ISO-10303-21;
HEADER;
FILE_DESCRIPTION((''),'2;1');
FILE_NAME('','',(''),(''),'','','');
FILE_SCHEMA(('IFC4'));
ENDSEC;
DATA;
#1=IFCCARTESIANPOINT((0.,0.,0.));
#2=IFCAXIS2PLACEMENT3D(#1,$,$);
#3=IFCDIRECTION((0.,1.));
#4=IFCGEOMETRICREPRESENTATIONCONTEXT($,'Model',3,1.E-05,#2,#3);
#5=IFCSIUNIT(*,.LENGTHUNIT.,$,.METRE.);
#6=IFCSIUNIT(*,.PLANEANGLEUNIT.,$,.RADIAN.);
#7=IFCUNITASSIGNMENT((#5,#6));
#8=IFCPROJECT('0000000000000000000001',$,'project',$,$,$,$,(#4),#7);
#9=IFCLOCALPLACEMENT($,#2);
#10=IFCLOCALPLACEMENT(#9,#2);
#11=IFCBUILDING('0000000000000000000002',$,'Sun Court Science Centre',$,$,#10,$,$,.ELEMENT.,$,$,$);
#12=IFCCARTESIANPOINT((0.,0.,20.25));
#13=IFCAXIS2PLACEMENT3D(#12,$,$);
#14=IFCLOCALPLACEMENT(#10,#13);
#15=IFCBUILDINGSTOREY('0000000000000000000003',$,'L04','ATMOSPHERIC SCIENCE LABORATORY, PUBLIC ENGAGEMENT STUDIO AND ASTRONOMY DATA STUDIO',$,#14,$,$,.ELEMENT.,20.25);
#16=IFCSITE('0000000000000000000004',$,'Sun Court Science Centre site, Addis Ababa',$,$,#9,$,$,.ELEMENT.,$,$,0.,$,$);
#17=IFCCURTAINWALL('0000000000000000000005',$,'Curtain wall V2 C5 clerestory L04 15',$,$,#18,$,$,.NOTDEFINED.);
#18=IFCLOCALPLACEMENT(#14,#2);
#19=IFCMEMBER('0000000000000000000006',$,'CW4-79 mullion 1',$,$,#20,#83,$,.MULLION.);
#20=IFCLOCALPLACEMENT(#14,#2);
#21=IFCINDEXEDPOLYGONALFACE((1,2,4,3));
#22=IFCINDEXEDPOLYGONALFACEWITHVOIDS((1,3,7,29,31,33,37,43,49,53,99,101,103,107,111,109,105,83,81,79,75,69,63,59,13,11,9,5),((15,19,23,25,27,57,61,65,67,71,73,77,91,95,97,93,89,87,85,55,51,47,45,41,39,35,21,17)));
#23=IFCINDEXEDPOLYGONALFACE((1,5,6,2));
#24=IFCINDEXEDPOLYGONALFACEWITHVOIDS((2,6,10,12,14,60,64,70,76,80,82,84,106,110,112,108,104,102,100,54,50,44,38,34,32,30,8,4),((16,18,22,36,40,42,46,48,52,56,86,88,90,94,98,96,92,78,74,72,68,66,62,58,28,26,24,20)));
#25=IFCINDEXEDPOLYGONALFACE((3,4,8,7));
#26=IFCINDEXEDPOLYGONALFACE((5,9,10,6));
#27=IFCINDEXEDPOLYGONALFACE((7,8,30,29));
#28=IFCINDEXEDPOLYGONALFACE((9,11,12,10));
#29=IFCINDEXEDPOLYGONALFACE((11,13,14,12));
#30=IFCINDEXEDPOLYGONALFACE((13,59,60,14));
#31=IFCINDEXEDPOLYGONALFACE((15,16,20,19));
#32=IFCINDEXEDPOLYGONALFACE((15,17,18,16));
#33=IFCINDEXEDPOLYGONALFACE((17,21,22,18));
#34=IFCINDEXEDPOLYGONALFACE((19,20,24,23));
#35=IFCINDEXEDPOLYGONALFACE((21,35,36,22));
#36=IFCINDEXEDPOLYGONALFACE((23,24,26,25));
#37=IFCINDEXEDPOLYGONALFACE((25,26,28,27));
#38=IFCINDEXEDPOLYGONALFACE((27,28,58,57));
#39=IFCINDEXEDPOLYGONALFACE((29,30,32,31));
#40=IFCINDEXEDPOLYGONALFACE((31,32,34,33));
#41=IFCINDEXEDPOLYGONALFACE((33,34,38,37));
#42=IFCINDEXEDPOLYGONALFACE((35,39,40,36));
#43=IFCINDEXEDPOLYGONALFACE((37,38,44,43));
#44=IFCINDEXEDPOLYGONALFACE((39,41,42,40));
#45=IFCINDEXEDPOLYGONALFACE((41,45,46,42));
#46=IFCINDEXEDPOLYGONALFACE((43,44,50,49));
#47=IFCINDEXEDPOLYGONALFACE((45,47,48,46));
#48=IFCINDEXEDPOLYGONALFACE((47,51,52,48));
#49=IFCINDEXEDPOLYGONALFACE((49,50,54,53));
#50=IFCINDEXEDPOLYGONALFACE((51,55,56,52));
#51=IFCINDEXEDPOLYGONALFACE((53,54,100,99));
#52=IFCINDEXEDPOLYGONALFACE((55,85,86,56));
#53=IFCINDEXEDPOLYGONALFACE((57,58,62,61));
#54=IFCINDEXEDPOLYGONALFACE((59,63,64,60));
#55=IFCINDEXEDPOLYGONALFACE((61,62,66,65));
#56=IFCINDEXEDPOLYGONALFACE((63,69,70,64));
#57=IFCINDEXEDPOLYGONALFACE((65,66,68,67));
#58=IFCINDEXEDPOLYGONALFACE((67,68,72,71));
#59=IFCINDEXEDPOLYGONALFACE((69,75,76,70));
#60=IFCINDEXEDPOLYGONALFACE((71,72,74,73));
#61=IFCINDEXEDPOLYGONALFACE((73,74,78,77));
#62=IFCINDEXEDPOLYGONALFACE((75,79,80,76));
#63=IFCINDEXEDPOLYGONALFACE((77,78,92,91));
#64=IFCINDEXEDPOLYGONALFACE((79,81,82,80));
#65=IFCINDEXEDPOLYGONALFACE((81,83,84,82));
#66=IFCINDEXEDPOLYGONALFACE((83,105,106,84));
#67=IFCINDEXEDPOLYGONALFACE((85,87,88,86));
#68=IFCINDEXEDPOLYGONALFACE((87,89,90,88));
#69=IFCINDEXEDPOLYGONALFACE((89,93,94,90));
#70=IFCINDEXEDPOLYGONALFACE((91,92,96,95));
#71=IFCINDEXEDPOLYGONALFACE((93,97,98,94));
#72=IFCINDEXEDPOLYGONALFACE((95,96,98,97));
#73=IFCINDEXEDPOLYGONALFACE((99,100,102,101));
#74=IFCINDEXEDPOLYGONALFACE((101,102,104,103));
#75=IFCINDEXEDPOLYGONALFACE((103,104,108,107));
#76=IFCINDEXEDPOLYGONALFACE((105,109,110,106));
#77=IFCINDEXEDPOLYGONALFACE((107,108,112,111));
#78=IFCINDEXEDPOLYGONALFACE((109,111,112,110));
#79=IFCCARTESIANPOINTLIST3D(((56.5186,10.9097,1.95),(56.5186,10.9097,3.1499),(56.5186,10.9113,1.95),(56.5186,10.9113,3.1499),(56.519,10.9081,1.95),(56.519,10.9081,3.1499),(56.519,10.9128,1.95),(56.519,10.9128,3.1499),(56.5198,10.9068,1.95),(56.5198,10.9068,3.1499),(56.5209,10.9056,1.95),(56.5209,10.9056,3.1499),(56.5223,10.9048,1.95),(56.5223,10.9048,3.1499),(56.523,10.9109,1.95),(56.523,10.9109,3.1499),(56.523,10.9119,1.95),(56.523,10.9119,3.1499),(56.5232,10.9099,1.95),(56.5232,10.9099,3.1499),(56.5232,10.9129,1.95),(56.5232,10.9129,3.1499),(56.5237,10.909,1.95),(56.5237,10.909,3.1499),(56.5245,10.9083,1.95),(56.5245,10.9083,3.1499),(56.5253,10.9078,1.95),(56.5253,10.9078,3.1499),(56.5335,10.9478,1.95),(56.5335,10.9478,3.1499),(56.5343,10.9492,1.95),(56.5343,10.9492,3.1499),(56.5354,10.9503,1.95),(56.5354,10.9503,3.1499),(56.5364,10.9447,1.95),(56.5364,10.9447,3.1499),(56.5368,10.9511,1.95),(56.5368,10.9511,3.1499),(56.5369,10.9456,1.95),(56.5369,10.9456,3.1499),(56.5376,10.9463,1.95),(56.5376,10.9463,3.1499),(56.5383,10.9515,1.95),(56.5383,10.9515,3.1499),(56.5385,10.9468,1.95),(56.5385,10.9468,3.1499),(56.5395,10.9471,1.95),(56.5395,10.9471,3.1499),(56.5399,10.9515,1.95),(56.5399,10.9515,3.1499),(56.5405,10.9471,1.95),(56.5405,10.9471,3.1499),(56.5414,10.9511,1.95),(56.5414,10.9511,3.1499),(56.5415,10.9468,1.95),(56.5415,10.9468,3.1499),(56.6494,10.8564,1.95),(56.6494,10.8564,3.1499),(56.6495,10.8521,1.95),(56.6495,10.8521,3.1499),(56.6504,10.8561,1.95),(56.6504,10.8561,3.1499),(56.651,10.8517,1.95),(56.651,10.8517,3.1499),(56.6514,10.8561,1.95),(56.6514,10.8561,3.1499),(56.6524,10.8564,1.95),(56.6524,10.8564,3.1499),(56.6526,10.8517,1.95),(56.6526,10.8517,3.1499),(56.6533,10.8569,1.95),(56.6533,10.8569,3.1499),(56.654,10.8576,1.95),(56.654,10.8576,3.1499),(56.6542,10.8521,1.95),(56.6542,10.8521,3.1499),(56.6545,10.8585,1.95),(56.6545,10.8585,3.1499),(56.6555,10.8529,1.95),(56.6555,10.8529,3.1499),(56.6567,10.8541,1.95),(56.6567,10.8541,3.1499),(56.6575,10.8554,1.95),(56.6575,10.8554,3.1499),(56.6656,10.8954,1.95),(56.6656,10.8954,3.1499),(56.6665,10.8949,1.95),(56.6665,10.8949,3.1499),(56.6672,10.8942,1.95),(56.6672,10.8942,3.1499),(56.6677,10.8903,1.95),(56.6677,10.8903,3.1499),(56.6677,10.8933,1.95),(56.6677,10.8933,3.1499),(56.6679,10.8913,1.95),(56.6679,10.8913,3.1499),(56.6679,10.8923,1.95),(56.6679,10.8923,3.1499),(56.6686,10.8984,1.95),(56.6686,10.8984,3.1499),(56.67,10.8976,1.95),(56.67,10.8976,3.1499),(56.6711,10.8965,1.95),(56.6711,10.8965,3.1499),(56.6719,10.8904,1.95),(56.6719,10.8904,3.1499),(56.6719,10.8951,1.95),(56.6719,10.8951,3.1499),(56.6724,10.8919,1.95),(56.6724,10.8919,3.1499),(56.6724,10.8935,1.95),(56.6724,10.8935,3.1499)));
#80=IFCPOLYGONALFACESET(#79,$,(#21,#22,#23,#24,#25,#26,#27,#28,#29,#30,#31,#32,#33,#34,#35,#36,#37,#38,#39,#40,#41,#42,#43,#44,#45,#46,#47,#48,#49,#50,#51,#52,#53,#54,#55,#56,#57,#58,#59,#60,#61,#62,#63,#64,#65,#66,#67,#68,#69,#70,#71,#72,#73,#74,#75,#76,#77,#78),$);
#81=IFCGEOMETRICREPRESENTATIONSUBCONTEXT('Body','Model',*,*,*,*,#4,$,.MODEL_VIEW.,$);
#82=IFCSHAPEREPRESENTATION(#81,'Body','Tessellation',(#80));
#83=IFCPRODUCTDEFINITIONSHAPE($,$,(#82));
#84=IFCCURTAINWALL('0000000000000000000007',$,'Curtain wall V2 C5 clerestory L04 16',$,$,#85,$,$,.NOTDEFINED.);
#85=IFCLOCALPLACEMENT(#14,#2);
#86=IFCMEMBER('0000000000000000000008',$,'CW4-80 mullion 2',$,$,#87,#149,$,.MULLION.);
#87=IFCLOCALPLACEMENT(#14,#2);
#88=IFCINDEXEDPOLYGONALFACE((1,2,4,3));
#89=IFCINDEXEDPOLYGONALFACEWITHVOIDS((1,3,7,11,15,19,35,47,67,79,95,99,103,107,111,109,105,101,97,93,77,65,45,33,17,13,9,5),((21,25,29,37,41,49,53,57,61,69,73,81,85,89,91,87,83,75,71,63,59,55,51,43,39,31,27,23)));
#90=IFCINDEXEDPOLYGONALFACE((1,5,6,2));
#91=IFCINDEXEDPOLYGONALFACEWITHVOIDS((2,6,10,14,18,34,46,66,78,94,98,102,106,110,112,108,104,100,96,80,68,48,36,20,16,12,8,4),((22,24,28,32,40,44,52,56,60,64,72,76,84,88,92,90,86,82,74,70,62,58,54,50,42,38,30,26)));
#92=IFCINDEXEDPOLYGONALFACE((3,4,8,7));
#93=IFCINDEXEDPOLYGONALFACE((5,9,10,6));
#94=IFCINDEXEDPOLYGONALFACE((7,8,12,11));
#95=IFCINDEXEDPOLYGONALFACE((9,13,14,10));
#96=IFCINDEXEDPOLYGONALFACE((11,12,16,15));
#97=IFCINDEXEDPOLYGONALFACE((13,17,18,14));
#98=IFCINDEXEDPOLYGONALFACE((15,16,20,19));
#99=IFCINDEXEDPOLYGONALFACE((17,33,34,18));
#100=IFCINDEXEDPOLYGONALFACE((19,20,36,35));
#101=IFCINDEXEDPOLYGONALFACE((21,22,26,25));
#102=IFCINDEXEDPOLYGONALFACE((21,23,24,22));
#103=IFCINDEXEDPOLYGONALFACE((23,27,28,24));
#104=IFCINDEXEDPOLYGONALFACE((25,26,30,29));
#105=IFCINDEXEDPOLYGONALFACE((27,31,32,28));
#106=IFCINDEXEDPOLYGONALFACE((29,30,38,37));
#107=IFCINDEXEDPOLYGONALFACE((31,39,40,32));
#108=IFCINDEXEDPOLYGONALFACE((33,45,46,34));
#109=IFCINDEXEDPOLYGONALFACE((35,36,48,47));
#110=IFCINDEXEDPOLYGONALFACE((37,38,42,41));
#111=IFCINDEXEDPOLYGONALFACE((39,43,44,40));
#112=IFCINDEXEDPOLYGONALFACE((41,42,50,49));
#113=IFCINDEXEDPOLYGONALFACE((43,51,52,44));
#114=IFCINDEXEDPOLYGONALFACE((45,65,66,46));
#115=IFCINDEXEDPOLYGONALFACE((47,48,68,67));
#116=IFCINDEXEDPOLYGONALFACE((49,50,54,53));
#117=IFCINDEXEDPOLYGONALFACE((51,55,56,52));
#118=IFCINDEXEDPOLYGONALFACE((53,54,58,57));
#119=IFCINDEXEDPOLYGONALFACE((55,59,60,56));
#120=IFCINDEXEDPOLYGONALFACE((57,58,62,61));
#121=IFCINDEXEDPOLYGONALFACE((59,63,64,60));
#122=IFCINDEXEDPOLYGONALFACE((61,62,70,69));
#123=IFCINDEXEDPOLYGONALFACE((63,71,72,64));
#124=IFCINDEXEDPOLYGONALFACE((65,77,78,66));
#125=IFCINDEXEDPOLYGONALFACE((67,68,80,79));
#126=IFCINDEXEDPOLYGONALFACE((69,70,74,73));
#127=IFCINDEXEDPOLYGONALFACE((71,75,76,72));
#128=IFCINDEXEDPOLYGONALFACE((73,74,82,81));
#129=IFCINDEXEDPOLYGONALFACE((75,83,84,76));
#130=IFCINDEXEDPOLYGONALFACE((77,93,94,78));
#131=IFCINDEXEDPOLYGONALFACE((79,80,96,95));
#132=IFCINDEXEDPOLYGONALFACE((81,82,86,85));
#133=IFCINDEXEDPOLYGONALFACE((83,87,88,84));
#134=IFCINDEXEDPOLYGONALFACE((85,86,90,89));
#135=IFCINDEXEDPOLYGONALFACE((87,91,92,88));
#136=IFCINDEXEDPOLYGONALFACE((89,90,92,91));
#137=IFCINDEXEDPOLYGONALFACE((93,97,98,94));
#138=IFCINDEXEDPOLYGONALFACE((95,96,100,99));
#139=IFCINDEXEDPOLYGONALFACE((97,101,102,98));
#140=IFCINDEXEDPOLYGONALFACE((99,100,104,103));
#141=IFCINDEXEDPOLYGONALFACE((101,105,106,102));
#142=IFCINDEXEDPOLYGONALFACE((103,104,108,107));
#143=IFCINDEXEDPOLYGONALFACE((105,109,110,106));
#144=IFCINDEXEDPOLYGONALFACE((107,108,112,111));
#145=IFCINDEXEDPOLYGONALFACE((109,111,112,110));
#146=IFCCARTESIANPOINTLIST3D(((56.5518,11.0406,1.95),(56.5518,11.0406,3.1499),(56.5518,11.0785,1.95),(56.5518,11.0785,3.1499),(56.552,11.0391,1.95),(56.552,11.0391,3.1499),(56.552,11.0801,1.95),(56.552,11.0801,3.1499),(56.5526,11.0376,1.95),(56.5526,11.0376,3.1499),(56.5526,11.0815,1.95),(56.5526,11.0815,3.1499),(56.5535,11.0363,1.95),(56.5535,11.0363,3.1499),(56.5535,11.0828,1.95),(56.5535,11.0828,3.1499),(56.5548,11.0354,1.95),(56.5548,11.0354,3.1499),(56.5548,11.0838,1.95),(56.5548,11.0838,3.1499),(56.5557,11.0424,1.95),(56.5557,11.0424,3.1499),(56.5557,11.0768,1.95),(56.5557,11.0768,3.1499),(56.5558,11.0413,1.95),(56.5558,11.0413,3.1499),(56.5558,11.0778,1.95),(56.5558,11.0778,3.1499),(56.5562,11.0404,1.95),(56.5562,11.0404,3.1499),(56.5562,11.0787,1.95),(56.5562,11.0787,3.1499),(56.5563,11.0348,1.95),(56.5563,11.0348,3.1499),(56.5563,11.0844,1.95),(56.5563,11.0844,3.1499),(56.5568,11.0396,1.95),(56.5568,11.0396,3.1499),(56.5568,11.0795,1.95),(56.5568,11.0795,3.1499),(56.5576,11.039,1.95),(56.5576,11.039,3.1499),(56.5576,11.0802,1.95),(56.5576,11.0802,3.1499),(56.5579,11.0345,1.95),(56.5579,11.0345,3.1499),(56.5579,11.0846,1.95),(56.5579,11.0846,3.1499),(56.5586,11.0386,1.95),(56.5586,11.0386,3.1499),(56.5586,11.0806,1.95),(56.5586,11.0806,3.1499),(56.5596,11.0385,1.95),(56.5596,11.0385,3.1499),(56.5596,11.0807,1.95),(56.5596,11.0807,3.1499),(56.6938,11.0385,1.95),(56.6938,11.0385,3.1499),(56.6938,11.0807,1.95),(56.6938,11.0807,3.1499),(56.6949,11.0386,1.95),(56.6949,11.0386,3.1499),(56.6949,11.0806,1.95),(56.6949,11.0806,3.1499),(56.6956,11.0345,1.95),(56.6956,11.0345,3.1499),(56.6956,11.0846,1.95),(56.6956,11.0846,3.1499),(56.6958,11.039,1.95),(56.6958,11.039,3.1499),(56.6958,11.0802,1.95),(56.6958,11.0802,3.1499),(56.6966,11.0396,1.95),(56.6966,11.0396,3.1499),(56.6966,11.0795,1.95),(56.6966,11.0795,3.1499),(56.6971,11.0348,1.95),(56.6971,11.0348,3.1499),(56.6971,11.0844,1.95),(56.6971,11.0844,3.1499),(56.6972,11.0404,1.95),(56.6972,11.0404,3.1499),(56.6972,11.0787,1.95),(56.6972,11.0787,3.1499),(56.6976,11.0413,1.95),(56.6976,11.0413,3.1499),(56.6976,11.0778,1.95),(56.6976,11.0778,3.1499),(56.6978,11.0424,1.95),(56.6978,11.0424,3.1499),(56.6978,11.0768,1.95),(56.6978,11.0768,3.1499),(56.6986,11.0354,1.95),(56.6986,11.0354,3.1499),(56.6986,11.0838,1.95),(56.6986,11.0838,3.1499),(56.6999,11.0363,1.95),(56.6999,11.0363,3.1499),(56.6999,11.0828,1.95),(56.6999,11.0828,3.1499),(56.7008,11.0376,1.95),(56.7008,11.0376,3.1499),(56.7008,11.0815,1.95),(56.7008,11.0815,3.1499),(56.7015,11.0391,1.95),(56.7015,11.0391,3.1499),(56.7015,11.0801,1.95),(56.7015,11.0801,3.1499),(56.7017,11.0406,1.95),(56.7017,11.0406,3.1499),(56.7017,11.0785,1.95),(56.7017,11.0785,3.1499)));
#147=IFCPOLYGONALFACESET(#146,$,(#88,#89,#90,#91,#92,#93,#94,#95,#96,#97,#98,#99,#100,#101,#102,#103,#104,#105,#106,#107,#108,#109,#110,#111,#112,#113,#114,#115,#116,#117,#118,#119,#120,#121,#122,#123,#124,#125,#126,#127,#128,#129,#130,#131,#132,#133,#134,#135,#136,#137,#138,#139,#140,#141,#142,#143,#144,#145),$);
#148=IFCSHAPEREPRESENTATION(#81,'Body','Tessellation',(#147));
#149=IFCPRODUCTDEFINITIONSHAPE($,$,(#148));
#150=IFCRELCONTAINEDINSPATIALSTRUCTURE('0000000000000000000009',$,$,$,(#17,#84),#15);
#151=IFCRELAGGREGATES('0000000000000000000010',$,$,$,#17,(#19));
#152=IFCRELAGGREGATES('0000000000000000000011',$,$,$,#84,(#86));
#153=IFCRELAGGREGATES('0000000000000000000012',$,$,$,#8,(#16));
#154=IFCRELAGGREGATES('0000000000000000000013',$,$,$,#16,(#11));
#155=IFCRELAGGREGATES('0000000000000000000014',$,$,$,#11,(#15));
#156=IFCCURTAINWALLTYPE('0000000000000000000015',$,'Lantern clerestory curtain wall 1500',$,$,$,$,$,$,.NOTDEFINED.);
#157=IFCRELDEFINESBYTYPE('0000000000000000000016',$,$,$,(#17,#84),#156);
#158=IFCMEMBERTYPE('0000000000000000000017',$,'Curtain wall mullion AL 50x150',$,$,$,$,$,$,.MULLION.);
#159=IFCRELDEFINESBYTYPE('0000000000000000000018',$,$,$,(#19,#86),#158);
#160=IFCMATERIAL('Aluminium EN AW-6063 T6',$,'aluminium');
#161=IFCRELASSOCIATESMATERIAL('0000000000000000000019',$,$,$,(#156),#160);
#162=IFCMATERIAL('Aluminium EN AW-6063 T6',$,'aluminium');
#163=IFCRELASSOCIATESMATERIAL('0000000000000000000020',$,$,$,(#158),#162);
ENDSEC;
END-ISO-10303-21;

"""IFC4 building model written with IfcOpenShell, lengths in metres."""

from ifc_helpers import new_model, si_unit, direction, frame, origin, origin_2d, place, context, subcontext, project, spatial, hollow_rectangle, extrude, material, material_profile, profile_set, type_object, element, aggregate, save


model = new_model("IFC4")

# Units and contexts
model_context = context("Model", 3, precision=1e-05, world=origin(), true_north=direction((0.0, 1.0)))
body_context = subcontext(model_context, "Body", "Model", "MODEL_VIEW")
ifc_project = project(units=[si_unit("LENGTHUNIT", "METRE"), si_unit("PLANEANGLEUNIT", "RADIAN")], contexts=[model_context])

# Site, building, storey
site_placement = place(None, origin())
site = spatial("IfcSite", under=ifc_project, at=site_placement, Name="Sun Court Science Centre site, Addis Ababa", CompositionType="ELEMENT", RefElevation=0.0)
building_placement = place(site_placement, origin())
building = spatial("IfcBuilding", under=site, at=building_placement, Name="Sun Court Science Centre", CompositionType="ELEMENT")
storey_placement = place(building_placement, frame((0.0, 0.0, 20.25)))
storey = spatial("IfcBuildingStorey", under=building, at=storey_placement, Name="L04", Description="ATMOSPHERIC SCIENCE LABORATORY, PUBLIC ENGAGEMENT STUDIO AND ASTRONOMY DATA STUDIO", CompositionType="ELEMENT", Elevation=20.25)

# Curtain wall, member
ifc_material_1 = material(Name="Aluminium EN AW-6063 T6", Category="aluminium")
curtain_wall_type = type_object("IfcCurtainWallType", Name="Lantern clerestory curtain wall 1500", PredefinedType="NOTDEFINED", material=ifc_material_1)
curtain_wall_1_placement = place(storey_placement, origin())
curtain_wall_1 = element("IfcCurtainWall", 1, at=curtain_wall_1_placement, inside=storey, type_object=curtain_wall_type, Name="Curtain wall V2 C5 clerestory L04 15", PredefinedType="NOTDEFINED")
ifc_material_2 = material(Name="Aluminium EN AW-6063 T6", Category="aluminium")
ifc_material_profile_1 = material_profile(ifc_material_2, hollow_rectangle(XDim=0.05, YDim=0.1499, WallThickness=0.0039, InnerFilletRadius=0.0039, OuterFilletRadius=0.0061, at=origin_2d()), Name="AL 50x150x4")
ifc_profile_set_1 = profile_set([ifc_material_profile_1], Name="Aluminium EN AW-6063 T6")
member_type_1 = type_object("IfcMemberType", Name="Curtain wall mullion AL 50x150", PredefinedType="MULLION", material=ifc_profile_set_1)
member_1_placement = place(storey_placement, frame((56.5955, 10.9016, 1.95), z_axis=(0.0, 0.0, 1.0), x_axis=(-0.382683, -0.92388, 0.0)))
member_1 = element("IfcMember", 2, at=member_1_placement, type_object=member_type_1, Name="CW4-79 mullion 1", PredefinedType="MULLION", context=body_context, shape_type="SweptSolid", body=[
    extrude(hollow_rectangle(XDim=0.05, YDim=0.1499, WallThickness=0.0039, InnerFilletRadius=0.0039, OuterFilletRadius=0.0061, at=origin_2d()), origin(), (0.0, 0.0, 1.0), 1.2),
])

# Curtain wall, member
curtain_wall_2_placement = place(storey_placement, origin())
curtain_wall_2 = element("IfcCurtainWall", 3, at=curtain_wall_2_placement, inside=storey, type_object=curtain_wall_type, Name="Curtain wall V2 C5 clerestory L04 16", PredefinedType="NOTDEFINED")
member_2_placement = place(storey_placement, frame((56.6267, 11.0596, 1.95), z_axis=(0.0, 0.0, 1.0), x_axis=(0.0, -1.0, 0.0)))
member_2 = element("IfcMember", 4, at=member_2_placement, type_object=member_type_1, Name="CW4-80 mullion 2", PredefinedType="MULLION", context=body_context, shape_type="SweptSolid", body=[
    extrude(hollow_rectangle(XDim=0.05, YDim=0.1499, WallThickness=0.0039, InnerFilletRadius=0.0039, OuterFilletRadius=0.0061, at=origin_2d()), origin(), (0.0, 0.0, 1.0), 1.2),
])

aggregate(curtain_wall_1, [member_1])
aggregate(curtain_wall_2, [member_2])

save(model, "model.ifc")
